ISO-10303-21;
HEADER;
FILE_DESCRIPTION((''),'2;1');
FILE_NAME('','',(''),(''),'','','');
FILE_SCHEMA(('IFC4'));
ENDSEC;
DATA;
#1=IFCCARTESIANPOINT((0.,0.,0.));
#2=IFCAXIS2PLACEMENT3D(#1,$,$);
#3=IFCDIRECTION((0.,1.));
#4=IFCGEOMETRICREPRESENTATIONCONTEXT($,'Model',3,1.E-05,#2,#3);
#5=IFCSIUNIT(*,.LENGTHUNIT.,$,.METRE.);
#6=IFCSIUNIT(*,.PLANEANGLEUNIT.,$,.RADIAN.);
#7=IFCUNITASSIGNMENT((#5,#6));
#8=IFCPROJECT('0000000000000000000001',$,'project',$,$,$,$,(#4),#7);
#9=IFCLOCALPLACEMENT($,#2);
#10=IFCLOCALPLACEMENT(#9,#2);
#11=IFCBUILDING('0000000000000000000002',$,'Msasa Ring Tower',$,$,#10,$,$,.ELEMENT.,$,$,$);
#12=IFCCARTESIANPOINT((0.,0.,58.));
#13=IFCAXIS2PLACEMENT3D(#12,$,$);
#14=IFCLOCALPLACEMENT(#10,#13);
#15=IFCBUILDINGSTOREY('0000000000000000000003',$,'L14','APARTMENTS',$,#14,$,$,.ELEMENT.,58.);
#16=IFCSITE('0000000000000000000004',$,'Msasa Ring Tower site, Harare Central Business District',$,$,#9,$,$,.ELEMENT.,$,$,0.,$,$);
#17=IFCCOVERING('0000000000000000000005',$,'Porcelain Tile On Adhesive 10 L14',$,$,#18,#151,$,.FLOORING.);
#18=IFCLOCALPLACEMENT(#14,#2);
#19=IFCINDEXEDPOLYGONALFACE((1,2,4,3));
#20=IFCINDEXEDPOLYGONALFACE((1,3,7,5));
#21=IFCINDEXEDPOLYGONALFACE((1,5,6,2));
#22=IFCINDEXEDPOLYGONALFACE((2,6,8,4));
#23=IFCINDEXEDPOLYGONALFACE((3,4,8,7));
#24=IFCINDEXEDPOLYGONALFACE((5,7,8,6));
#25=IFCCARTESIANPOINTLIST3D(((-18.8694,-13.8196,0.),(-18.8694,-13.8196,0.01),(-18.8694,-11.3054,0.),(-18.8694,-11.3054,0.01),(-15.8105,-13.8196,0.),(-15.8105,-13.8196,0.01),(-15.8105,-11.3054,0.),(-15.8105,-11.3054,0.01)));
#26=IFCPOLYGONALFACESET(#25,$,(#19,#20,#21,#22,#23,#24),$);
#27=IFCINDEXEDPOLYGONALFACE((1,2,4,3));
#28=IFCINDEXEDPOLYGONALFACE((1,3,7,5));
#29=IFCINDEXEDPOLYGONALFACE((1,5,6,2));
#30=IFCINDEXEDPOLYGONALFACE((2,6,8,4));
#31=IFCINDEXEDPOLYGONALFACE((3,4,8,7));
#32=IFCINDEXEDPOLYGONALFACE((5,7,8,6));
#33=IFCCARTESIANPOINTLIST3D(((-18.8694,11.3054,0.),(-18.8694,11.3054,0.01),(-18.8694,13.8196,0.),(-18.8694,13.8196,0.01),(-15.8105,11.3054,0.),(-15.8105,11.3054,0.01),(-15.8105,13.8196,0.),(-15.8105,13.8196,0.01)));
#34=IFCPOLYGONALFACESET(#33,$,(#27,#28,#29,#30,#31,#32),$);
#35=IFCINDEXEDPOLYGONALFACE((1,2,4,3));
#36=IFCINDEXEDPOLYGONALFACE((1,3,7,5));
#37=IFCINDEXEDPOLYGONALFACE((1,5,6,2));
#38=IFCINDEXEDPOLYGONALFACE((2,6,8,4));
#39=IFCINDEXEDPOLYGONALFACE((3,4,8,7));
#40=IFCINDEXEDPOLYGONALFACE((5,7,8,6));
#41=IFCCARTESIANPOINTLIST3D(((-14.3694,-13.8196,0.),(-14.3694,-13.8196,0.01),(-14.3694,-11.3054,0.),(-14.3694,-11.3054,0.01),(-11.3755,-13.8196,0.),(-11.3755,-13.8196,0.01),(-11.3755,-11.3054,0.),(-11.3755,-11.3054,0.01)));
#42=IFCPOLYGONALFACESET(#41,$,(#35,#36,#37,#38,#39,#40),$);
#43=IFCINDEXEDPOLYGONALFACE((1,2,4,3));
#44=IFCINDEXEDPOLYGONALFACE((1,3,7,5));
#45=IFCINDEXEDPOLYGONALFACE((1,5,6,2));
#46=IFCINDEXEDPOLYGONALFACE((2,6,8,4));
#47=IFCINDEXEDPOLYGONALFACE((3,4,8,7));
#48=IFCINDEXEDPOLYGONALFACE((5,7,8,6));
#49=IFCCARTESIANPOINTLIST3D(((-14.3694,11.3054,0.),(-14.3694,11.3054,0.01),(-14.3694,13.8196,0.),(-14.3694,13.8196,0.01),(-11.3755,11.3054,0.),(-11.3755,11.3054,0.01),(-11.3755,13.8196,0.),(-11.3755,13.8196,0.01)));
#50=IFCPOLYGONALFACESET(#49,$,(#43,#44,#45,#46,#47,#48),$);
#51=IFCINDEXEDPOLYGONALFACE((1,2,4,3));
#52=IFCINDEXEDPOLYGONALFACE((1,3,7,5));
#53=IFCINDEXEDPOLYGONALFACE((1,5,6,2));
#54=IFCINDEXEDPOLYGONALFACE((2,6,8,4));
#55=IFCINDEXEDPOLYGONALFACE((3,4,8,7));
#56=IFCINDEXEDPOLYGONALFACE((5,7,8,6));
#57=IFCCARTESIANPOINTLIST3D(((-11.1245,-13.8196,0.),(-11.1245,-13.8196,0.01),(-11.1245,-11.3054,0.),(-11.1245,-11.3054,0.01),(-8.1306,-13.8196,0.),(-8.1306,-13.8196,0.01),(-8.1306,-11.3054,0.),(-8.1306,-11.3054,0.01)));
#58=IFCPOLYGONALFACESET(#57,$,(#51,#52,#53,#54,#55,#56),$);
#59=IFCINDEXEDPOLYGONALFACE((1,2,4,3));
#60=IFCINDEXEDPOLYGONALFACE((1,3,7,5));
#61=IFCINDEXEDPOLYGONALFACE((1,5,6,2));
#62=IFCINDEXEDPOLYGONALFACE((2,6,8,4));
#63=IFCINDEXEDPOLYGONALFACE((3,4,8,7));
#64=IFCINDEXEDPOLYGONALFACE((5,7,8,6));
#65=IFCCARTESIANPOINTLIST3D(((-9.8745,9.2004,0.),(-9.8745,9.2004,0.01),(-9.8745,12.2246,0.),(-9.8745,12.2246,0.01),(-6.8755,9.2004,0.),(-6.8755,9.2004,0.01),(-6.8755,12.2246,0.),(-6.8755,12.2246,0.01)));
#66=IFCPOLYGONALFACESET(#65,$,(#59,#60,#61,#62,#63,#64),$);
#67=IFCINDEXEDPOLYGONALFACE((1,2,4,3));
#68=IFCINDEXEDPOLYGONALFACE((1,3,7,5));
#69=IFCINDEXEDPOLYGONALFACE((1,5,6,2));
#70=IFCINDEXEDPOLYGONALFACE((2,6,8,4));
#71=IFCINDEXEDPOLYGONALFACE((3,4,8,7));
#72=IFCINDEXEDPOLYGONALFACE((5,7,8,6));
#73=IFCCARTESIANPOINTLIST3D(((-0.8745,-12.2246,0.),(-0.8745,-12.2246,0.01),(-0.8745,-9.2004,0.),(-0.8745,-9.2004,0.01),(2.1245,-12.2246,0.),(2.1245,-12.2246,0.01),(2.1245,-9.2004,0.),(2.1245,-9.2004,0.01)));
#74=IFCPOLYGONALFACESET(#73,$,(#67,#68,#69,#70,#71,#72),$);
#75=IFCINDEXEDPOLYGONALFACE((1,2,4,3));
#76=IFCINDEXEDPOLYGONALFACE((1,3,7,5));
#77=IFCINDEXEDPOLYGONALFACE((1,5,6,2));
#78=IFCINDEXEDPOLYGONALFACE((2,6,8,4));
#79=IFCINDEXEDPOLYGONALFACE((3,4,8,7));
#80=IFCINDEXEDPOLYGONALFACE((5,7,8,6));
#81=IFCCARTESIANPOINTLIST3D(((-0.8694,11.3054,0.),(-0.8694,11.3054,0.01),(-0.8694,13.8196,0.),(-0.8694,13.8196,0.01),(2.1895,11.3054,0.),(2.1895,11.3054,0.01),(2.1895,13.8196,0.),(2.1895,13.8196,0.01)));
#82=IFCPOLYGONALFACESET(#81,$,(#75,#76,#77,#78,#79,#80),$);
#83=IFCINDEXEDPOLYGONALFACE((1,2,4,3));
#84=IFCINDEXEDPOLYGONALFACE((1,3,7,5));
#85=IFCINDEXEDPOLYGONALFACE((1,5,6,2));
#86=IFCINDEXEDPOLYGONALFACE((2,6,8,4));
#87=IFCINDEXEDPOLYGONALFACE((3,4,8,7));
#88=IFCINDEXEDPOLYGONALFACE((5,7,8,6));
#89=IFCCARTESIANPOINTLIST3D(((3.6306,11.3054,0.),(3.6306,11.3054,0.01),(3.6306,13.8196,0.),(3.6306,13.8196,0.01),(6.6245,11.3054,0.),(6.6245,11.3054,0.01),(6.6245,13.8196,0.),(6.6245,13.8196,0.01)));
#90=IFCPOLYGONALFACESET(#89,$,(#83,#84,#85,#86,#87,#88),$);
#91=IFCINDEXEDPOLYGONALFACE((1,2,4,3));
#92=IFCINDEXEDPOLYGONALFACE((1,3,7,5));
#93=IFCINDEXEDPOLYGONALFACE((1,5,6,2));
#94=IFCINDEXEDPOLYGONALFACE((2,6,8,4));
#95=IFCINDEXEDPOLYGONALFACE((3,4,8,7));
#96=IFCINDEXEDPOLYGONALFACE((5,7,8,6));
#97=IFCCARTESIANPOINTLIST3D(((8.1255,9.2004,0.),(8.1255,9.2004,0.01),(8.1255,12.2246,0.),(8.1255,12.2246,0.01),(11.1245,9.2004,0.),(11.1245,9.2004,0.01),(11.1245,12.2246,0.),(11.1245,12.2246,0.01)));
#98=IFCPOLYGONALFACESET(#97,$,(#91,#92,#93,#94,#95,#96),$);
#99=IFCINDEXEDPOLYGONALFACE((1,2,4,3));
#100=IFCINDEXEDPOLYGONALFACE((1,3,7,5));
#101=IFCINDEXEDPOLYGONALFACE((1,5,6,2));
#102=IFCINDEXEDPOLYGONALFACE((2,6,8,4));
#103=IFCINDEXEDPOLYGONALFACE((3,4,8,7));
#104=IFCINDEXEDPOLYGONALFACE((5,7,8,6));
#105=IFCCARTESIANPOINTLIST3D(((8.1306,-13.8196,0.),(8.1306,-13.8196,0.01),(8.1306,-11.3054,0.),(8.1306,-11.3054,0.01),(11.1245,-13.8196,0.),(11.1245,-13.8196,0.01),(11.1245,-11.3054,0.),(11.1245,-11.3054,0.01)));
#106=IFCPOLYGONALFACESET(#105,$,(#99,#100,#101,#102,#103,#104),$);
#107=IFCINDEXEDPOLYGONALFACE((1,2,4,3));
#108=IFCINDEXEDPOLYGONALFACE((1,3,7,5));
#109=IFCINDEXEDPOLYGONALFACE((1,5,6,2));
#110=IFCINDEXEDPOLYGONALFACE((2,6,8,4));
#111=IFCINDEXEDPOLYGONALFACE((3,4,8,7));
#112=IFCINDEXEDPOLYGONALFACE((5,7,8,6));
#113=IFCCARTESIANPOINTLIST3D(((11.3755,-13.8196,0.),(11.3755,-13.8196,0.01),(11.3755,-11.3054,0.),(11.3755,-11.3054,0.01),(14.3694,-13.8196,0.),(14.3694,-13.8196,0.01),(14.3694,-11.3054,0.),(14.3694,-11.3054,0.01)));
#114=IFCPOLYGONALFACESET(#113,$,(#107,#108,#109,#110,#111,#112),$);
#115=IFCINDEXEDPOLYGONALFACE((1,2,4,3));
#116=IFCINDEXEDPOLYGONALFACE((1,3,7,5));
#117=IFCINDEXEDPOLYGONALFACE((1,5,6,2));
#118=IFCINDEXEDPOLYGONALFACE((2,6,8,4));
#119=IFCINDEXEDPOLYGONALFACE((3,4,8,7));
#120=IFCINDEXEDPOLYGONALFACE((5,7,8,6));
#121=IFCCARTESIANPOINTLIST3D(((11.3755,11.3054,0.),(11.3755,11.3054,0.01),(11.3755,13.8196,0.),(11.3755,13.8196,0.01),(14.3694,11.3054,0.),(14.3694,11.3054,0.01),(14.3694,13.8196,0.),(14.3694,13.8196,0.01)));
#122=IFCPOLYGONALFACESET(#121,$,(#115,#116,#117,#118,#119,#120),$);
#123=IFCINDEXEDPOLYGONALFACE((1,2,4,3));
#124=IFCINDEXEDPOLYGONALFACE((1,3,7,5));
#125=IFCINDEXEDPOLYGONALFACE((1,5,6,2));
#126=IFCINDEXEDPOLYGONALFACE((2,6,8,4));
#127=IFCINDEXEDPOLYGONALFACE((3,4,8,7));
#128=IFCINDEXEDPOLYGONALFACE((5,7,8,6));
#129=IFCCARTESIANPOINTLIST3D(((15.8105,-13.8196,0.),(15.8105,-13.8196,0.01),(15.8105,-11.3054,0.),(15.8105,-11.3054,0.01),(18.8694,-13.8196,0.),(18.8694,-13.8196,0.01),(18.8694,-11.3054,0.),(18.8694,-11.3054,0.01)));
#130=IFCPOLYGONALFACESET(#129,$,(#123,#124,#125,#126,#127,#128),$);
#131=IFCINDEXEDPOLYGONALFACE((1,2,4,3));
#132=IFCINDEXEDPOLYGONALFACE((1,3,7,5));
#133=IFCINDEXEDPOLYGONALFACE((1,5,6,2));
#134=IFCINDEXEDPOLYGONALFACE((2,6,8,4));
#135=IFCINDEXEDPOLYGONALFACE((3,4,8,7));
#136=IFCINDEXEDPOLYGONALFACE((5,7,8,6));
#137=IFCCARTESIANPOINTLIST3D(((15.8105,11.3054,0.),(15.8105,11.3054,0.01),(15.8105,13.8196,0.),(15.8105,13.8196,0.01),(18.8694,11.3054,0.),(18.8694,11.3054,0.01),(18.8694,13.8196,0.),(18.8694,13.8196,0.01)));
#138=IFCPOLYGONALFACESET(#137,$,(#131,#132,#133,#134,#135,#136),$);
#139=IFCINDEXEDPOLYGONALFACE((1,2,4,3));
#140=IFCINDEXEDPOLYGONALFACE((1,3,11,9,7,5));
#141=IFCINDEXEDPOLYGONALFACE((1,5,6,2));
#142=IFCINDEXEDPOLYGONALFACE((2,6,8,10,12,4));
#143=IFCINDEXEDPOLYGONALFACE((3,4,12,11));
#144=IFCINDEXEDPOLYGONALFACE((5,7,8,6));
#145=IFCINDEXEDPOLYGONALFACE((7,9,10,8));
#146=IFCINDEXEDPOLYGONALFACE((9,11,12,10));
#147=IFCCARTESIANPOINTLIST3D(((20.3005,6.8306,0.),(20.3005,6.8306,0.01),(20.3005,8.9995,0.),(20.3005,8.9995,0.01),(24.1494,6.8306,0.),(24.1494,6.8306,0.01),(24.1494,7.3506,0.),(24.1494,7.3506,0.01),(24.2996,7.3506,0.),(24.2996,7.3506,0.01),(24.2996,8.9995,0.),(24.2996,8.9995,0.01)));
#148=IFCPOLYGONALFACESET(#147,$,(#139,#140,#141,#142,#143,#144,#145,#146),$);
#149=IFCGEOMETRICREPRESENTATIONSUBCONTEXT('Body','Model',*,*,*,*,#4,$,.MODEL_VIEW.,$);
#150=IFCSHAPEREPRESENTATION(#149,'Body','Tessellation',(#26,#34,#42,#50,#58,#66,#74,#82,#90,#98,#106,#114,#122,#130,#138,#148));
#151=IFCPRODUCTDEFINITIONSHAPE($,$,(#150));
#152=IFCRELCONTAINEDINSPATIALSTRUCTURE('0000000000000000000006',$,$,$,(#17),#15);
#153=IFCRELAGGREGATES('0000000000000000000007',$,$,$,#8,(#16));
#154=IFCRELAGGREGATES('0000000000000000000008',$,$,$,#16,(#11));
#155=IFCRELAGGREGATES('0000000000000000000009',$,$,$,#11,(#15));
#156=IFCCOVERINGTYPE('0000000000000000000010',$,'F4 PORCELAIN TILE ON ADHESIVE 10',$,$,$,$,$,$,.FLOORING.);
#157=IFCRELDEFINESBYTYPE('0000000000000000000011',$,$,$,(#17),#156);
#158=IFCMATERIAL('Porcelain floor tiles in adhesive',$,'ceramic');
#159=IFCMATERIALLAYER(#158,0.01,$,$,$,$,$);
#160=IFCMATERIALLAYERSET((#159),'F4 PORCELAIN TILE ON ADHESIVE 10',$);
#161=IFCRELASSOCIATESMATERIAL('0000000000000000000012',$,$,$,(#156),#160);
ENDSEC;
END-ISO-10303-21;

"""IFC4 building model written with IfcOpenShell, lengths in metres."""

from ifc_helpers import new_model, si_unit, direction, frame, origin, place, context, subcontext, project, spatial, line, indexed_curve, outline, extrude, material, layer, layer_set, type_object, element, save


model = new_model("IFC4")

# Units and contexts
model_context = context("Model", 3, precision=1e-05, world=origin(), true_north=direction((0.0, 1.0)))
body_context = subcontext(model_context, "Body", "Model", "MODEL_VIEW")
ifc_project = project(units=[si_unit("LENGTHUNIT", "METRE"), si_unit("PLANEANGLEUNIT", "RADIAN")], contexts=[model_context])

# Site, building, storey
site_placement = place(None, origin())
site = spatial("IfcSite", under=ifc_project, at=site_placement, Name="Msasa Ring Tower site, Harare Central Business District", CompositionType="ELEMENT", RefElevation=0.0)
building_placement = place(site_placement, origin())
building = spatial("IfcBuilding", under=site, at=building_placement, Name="Msasa Ring Tower", CompositionType="ELEMENT")
storey_placement = place(building_placement, frame((0.0, 0.0, 58.0)))
storey = spatial("IfcBuildingStorey", under=building, at=storey_placement, Name="L14", Description="APARTMENTS", CompositionType="ELEMENT", Elevation=58.0)

# Covering
ifc_material_1 = material(Name="Porcelain floor tiles in adhesive", Category="ceramic")
ifc_layer_1 = layer(ifc_material_1, 0.01)
ifc_layer_set_1 = layer_set([ifc_layer_1], Name="F4 PORCELAIN TILE ON ADHESIVE 10")
covering_type_1 = type_object("IfcCoveringType", Name="F4 PORCELAIN TILE ON ADHESIVE 10", PredefinedType="FLOORING", material=ifc_layer_set_1)
covering_1_placement = place(storey_placement, origin())
element("IfcCovering", 1, at=covering_1_placement, inside=storey, type_object=covering_type_1, Name="Porcelain Tile On Adhesive 10 L14", PredefinedType="FLOORING", context=body_context, shape_type="SweptSolid", body=[
    extrude(outline(indexed_curve([(-15.8105, -11.3054), (-15.8105, -13.8196), (-18.8694, -13.8196), (-18.8694, -11.3054)], segments=[line(1, 2, 3, 4, 1)], self_intersect=False)), origin(), (0.0, 0.0, 1.0), 0.01),
    extrude(outline(indexed_curve([(-15.8105, 13.8196), (-15.8105, 11.3054), (-18.8694, 11.3054), (-18.8694, 13.8196)], segments=[line(1, 2, 3, 4, 1)], self_intersect=False)), origin(), (0.0, 0.0, 1.0), 0.01),
    extrude(outline(indexed_curve([(-11.3755, -11.3054), (-11.3755, -13.8196), (-14.3694, -13.8196), (-14.3694, -11.3054)], segments=[line(1, 2, 3, 4, 1)], self_intersect=False)), origin(), (0.0, 0.0, 1.0), 0.01),
    extrude(outline(indexed_curve([(-11.3755, 13.8196), (-11.3755, 11.3054), (-14.3694, 11.3054), (-14.3694, 13.8196)], segments=[line(1, 2, 3, 4, 1)], self_intersect=False)), origin(), (0.0, 0.0, 1.0), 0.01),
    extrude(outline(indexed_curve([(-8.1306, -11.3054), (-8.1306, -13.8196), (-11.1245, -13.8196), (-11.1245, -11.3054)], segments=[line(1, 2, 3, 4, 1)], self_intersect=False)), origin(), (0.0, 0.0, 1.0), 0.01),
    extrude(outline(indexed_curve([(-9.8745, 9.2004), (-9.8745, 12.2246), (-6.8755, 12.2246), (-6.8755, 9.2004)], segments=[line(1, 2, 3, 4, 1)], self_intersect=False)), origin(), (0.0, 0.0, 1.0), 0.01),
    extrude(outline(indexed_curve([(2.1245, -9.2004), (2.1245, -12.2246), (-0.8745, -12.2246), (-0.8745, -9.2004)], segments=[line(1, 2, 3, 4, 1)], self_intersect=False)), origin(), (0.0, 0.0, 1.0), 0.01),
    extrude(outline(indexed_curve([(2.1895, 13.8196), (2.1895, 11.3054), (-0.8694, 11.3054), (-0.8694, 13.8196)], segments=[line(1, 2, 3, 4, 1)], self_intersect=False)), origin(), (0.0, 0.0, 1.0), 0.01),
    extrude(outline(indexed_curve([(6.6245, 13.8196), (6.6245, 11.3054), (3.6306, 11.3054), (3.6306, 13.8196)], segments=[line(1, 2, 3, 4, 1)], self_intersect=False)), origin(), (0.0, 0.0, 1.0), 0.01),
    extrude(outline(indexed_curve([(8.1255, 9.2004), (8.1255, 12.2246), (11.1245, 12.2246), (11.1245, 9.2004)], segments=[line(1, 2, 3, 4, 1)], self_intersect=False)), origin(), (0.0, 0.0, 1.0), 0.01),
    extrude(outline(indexed_curve([(11.1245, -11.3054), (11.1245, -13.8196), (8.1306, -13.8196), (8.1306, -11.3054)], segments=[line(1, 2, 3, 4, 1)], self_intersect=False)), origin(), (0.0, 0.0, 1.0), 0.01),
    extrude(outline(indexed_curve([(14.3694, -11.3054), (14.3694, -13.8196), (11.3755, -13.8196), (11.3755, -11.3054)], segments=[line(1, 2, 3, 4, 1)], self_intersect=False)), origin(), (0.0, 0.0, 1.0), 0.01),
    extrude(outline(indexed_curve([(14.3694, 13.8196), (14.3694, 11.3054), (11.3755, 11.3054), (11.3755, 13.8196)], segments=[line(1, 2, 3, 4, 1)], self_intersect=False)), origin(), (0.0, 0.0, 1.0), 0.01),
    extrude(outline(indexed_curve([(18.8694, -11.3054), (18.8694, -13.8196), (15.8105, -13.8196), (15.8105, -11.3054)], segments=[line(1, 2, 3, 4, 1)], self_intersect=False)), origin(), (0.0, 0.0, 1.0), 0.01),
    extrude(outline(indexed_curve([(18.8694, 13.8196), (18.8694, 11.3054), (15.8105, 11.3054), (15.8105, 13.8196)], segments=[line(1, 2, 3, 4, 1)], self_intersect=False)), origin(), (0.0, 0.0, 1.0), 0.01),
    extrude(outline(indexed_curve([(20.3005, 8.9995), (24.2996, 8.9995), (24.2996, 7.3506), (24.1494, 7.3506), (24.1494, 6.8306), (20.3005, 6.8306)], segments=[line(1, 2, 3, 4, 5, 6, 1)], self_intersect=False)), origin(), (0.0, 0.0, 1.0), 0.01),
])

save(model, "model.ifc")
